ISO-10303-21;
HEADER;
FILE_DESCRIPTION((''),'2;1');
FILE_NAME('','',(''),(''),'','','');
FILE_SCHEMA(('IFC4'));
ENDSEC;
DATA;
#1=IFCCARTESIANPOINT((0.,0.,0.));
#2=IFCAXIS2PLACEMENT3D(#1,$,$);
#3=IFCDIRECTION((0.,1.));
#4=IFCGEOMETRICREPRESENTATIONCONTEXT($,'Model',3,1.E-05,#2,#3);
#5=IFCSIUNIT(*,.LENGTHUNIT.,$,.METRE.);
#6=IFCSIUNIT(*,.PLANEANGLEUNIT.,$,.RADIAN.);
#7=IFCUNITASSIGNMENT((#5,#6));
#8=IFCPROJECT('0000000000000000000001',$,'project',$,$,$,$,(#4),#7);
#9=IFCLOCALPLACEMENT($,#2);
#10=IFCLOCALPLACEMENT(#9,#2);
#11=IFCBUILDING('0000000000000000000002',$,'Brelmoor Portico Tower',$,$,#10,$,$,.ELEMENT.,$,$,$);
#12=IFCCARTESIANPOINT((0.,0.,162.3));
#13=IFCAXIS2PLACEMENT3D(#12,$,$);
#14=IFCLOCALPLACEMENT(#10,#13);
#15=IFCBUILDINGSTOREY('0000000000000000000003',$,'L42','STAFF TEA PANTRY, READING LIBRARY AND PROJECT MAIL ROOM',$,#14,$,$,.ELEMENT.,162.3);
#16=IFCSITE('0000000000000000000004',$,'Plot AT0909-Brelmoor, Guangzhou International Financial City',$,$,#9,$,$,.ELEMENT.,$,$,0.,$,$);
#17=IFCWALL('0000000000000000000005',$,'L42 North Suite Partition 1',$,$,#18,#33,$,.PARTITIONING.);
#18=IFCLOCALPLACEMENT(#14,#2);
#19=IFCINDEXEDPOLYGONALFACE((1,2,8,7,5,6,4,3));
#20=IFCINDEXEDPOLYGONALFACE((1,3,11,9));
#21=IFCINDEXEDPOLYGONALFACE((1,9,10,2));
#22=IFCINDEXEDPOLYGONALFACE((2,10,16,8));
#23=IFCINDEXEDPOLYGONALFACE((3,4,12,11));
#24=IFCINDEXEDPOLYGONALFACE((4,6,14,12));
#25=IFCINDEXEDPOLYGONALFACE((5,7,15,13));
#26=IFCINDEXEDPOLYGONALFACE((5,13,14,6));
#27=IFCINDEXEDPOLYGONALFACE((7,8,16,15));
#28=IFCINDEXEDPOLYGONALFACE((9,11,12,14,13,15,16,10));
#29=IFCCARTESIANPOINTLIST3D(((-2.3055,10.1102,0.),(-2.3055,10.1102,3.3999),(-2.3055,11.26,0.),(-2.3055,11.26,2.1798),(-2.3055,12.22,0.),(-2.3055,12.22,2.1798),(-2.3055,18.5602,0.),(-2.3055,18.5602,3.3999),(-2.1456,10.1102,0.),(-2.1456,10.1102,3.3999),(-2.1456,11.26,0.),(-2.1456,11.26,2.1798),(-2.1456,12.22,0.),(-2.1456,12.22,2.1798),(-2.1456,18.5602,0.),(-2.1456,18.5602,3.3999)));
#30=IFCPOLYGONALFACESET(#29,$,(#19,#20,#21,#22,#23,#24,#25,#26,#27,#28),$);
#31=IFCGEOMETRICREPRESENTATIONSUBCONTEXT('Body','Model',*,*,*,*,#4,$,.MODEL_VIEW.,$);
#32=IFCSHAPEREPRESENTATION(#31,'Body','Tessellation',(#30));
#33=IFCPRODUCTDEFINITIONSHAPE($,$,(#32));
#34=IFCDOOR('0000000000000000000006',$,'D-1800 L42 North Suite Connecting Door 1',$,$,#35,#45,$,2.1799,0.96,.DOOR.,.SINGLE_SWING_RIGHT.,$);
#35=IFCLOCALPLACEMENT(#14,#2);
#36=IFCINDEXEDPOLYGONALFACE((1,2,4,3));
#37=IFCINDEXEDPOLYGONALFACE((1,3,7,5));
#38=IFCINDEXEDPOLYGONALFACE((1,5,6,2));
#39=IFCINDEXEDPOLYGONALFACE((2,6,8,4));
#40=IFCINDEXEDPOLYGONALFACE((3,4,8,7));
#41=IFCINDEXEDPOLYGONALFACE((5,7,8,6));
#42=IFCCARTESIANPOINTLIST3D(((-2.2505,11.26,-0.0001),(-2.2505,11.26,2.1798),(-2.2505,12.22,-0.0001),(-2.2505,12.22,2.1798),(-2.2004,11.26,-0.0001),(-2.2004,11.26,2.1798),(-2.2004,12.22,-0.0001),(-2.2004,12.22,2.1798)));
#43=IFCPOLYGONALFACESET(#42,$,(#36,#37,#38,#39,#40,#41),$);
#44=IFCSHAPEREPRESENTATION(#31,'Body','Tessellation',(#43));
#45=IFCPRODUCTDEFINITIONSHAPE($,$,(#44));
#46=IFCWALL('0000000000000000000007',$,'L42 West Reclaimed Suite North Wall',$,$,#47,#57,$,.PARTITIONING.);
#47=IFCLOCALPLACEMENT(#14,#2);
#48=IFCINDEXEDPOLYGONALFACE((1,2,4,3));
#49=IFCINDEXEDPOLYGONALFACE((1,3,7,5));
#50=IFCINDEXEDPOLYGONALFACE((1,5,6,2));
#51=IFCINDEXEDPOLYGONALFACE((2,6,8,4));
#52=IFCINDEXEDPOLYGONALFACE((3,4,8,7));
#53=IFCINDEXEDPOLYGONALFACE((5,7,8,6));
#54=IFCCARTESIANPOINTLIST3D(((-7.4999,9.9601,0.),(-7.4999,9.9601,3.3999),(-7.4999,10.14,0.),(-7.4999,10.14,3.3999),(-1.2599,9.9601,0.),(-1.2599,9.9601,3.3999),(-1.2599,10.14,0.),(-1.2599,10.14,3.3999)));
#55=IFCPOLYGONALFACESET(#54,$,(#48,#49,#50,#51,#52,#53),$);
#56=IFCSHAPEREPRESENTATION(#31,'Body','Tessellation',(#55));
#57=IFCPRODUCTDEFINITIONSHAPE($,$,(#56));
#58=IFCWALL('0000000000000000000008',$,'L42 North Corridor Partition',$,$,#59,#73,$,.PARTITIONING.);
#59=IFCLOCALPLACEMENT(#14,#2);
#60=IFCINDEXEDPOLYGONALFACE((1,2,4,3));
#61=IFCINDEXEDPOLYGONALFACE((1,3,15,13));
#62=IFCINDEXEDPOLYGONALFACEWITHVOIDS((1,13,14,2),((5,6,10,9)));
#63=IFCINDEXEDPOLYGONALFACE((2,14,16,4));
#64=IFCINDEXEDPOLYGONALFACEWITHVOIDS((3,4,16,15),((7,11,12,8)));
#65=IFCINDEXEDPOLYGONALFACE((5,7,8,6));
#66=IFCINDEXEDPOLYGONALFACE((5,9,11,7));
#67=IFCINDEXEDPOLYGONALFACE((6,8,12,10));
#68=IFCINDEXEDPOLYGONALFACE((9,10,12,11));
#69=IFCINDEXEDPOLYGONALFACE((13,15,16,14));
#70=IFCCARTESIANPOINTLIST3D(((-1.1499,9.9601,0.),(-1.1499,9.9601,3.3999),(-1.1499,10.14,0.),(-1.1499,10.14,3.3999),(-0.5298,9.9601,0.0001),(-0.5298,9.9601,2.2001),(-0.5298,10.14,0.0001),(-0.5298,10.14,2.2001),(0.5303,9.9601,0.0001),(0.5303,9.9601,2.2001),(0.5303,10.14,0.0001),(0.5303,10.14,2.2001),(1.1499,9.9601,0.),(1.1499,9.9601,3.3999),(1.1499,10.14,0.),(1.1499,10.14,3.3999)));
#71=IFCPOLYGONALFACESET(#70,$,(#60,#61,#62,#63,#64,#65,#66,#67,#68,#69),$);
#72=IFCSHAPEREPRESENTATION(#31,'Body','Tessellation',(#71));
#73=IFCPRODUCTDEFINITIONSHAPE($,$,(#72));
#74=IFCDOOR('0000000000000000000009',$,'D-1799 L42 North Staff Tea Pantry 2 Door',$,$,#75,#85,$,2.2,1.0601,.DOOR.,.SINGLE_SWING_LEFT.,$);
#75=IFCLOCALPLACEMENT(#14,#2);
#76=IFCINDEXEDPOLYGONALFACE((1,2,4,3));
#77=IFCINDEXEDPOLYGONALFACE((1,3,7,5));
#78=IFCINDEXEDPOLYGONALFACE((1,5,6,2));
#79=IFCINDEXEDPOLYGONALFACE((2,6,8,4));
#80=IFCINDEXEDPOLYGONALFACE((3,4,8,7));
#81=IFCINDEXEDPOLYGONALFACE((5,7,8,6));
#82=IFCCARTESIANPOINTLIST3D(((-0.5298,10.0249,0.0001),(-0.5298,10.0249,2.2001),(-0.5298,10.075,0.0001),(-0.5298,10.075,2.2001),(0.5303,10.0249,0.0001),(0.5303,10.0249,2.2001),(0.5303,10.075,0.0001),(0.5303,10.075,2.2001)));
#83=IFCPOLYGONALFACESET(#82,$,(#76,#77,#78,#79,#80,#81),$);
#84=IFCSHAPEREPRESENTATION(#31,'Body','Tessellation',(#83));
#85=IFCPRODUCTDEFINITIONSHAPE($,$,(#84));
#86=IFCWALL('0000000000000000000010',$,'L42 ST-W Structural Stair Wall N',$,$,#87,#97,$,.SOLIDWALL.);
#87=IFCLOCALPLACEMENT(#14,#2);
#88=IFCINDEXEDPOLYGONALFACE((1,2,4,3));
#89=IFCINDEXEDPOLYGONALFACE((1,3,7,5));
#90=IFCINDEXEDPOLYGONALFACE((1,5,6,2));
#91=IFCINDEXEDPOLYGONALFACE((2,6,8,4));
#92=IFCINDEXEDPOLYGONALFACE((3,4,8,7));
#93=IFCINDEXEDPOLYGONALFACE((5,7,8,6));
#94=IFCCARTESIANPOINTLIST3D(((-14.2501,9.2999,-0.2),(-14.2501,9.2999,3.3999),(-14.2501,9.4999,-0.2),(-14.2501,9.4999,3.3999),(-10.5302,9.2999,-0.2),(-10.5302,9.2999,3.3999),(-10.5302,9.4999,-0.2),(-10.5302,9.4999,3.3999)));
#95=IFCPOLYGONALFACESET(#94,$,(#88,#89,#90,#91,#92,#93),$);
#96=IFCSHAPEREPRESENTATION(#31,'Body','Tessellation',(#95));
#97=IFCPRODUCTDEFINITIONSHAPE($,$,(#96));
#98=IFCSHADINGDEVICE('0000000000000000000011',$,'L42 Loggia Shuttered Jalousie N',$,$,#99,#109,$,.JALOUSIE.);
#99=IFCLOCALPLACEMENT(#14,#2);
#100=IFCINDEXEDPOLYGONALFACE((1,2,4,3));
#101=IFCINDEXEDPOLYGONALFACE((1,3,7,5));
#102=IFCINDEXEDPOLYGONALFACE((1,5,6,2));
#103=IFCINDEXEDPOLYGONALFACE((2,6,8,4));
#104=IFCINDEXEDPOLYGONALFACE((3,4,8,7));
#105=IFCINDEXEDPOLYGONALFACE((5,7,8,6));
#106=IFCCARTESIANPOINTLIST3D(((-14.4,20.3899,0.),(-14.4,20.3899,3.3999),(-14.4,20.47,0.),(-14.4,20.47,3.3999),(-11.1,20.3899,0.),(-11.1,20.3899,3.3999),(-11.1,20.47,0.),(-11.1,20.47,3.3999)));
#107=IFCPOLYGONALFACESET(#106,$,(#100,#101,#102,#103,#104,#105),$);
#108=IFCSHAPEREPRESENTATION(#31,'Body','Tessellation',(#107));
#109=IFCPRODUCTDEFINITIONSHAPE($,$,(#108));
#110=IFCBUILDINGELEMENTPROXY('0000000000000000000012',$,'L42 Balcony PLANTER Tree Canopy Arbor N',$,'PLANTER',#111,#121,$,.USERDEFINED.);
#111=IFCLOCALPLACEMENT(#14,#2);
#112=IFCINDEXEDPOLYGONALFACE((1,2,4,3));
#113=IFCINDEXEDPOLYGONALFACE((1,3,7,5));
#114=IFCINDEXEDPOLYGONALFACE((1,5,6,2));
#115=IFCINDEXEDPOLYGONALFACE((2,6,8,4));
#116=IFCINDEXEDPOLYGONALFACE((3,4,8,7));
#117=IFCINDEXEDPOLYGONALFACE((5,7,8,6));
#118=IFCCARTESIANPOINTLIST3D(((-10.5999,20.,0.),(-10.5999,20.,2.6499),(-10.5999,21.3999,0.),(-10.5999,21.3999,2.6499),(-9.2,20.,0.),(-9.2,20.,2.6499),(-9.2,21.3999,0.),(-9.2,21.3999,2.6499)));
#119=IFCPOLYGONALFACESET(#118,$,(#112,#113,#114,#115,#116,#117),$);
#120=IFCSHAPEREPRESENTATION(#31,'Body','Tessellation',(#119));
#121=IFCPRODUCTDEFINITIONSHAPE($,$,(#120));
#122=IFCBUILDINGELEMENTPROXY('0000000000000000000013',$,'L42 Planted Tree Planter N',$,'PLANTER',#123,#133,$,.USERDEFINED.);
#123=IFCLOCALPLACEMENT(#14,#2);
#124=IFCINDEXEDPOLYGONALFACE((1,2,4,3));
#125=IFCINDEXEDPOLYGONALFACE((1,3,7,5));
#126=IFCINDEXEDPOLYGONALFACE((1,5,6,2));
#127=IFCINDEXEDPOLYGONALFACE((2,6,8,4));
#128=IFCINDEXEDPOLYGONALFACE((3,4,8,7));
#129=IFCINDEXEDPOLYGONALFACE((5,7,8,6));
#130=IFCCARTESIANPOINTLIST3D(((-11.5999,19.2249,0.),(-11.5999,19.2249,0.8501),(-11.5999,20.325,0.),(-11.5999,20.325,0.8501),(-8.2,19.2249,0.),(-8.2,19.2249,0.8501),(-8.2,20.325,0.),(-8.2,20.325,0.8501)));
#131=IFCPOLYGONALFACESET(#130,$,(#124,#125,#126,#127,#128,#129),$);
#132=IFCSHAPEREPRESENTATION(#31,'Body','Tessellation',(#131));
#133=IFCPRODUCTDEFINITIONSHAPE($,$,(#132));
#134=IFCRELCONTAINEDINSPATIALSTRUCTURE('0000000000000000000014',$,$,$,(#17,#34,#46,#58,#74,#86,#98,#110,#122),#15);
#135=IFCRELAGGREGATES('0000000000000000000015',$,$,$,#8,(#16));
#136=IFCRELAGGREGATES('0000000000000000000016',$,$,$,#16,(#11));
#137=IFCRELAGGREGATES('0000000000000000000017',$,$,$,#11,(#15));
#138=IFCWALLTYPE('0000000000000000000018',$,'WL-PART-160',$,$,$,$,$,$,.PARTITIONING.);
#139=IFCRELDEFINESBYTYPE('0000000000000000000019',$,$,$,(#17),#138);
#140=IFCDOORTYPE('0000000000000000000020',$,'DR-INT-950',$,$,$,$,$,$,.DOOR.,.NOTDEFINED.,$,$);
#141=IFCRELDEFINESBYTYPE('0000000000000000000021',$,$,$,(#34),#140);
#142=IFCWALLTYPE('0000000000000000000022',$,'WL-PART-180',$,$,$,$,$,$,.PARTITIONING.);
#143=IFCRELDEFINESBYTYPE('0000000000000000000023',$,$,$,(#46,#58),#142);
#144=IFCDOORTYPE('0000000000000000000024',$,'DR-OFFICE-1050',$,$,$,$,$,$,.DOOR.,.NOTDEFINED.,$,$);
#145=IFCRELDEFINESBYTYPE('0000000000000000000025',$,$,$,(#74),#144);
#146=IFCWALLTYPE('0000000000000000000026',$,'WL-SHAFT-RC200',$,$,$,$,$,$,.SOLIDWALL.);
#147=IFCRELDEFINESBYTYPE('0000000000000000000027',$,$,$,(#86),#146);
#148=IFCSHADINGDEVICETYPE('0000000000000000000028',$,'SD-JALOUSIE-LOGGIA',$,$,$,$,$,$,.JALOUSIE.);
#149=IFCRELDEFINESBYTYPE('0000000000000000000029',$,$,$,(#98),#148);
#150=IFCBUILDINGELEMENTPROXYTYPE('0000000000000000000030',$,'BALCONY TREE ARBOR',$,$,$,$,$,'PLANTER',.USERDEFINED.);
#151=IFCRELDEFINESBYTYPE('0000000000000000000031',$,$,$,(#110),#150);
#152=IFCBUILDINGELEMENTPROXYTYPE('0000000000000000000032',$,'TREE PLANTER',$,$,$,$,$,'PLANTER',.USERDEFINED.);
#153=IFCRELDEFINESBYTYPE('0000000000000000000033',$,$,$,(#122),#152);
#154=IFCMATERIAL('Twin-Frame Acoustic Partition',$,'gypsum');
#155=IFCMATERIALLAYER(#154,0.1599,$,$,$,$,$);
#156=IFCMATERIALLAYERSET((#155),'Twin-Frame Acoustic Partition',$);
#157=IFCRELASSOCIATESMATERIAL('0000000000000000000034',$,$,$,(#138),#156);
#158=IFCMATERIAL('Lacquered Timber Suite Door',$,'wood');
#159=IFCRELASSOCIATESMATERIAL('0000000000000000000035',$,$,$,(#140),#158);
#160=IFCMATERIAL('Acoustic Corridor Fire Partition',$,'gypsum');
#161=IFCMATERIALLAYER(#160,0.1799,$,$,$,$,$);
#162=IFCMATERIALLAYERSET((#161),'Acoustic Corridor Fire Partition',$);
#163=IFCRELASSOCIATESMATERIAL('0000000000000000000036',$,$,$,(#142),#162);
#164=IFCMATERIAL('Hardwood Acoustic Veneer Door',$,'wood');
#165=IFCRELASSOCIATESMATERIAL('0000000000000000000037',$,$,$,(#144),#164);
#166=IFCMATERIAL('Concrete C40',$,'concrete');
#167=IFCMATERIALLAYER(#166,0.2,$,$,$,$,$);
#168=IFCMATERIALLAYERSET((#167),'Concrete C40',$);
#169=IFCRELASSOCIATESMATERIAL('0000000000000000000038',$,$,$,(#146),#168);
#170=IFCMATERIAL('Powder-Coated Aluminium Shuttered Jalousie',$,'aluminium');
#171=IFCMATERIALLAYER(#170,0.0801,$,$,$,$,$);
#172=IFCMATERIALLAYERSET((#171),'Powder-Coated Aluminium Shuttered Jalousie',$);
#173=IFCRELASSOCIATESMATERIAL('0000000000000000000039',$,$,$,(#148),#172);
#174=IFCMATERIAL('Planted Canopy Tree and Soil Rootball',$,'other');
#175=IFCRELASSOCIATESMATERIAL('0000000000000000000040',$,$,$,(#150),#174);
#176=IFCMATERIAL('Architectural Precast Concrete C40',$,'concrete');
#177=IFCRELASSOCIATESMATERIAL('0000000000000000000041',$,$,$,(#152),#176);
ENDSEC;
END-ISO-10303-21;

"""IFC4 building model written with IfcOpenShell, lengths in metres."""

from ifc_helpers import new_model, si_unit, direction, frame, frame_2d, origin, origin_2d, place, context, subcontext, project, spatial, rectangle, extrude, material, layer, layer_set, type_object, element, fill, save


model = new_model("IFC4")

# Units and contexts
model_context = context("Model", 3, precision=1e-05, world=origin(), true_north=direction((0.0, 1.0)))
body_context = subcontext(model_context, "Body", "Model", "MODEL_VIEW")
ifc_project = project(units=[si_unit("LENGTHUNIT", "METRE"), si_unit("PLANEANGLEUNIT", "RADIAN")], contexts=[model_context])

# Site, building, storey
site_placement = place(None, origin())
site = spatial("IfcSite", under=ifc_project, at=site_placement, Name="Plot AT0909-Brelmoor, Guangzhou International Financial City", CompositionType="ELEMENT", RefElevation=0.0)
building_placement = place(site_placement, origin())
building = spatial("IfcBuilding", under=site, at=building_placement, Name="Brelmoor Portico Tower", CompositionType="ELEMENT")
storey_placement = place(building_placement, frame((0.0, 0.0, 162.3)))
storey = spatial("IfcBuildingStorey", under=building, at=storey_placement, Name="L42", Description="STAFF TEA PANTRY, READING LIBRARY AND PROJECT MAIL ROOM", CompositionType="ELEMENT", Elevation=162.3)

# Wall, opening, door
ifc_material_1 = material(Name="Twin-Frame Acoustic Partition", Category="gypsum")
ifc_layer_1 = layer(ifc_material_1, 0.1599)
ifc_layer_set_1 = layer_set([ifc_layer_1], Name="Twin-Frame Acoustic Partition")
wall_type_1 = type_object("IfcWallType", Name="WL-PART-160", PredefinedType="PARTITIONING", material=ifc_layer_set_1)
wall_1_placement = place(storey_placement, frame((-2.2256, 10.1101, 0.0), z_axis=(0.0, 0.0, 1.0), x_axis=(0.0, 1.0, 0.0)))
wall_1 = element("IfcWall", 1, at=wall_1_placement, inside=storey, type_object=wall_type_1, Name="L42 North Suite Partition 1", PredefinedType="PARTITIONING", context=body_context, shape_type="SweptSolid", body=[
    extrude(rectangle(XDim=8.45, YDim=0.1599, at=frame_2d((4.2251, 0.0))), origin(), (0.0, 0.0, 1.0), 3.3999),
])
opening_1_placement = place(wall_1_placement, frame((1.1499, 0.0, 0.0)))
opening_1 = element("IfcOpeningElement", 2, at=opening_1_placement, cuts=wall_1, PredefinedType="OPENING", context=body_context, shape_type="SweptSolid", body=[
    extrude(rectangle(XDim=0.96, YDim=2.1799, at=frame_2d((0.48, 1.0898))), frame((0.0, 0.0898, 0.0), z_axis=(0.0, -1.0, 0.0), x_axis=(1.0, 0.0, 0.0)), (0.0, 0.0, 1.0), 0.1799),
])
ifc_material_2 = material(Name="Lacquered Timber Suite Door", Category="wood")
door_type_1 = type_object("IfcDoorType", Name="DR-INT-950", OperationType="NOTDEFINED", PredefinedType="DOOR", material=ifc_material_2)
door_1_placement = place(opening_1_placement, origin())
door_1 = element("IfcDoor", 3, at=door_1_placement, inside=storey, type_object=door_type_1, Name="D-1800 L42 North Suite Connecting Door 1", OperationType="SINGLE_SWING_RIGHT", OverallHeight=2.1799, OverallWidth=0.96, PredefinedType="DOOR", context=body_context, shape_type="SweptSolid", body=[
    extrude(rectangle(XDim=0.96, YDim=2.1799, at=frame_2d((0.48, 1.0898))), frame((0.0, 0.0249, 0.0), z_axis=(0.0, -1.0, 0.0), x_axis=(1.0, 0.0, 0.0)), (0.0, 0.0, 1.0), 0.05),
])
fill(opening_1, door_1)

# Wall
ifc_material_3 = material(Name="Acoustic Corridor Fire Partition", Category="gypsum")
ifc_layer_2 = layer(ifc_material_3, 0.1799)
ifc_layer_set_2 = layer_set([ifc_layer_2], Name="Acoustic Corridor Fire Partition")
wall_type_2 = type_object("IfcWallType", Name="WL-PART-180", PredefinedType="PARTITIONING", material=ifc_layer_set_2)
wall_2_placement = place(storey_placement, frame((-7.5, 10.05, 0.0), z_axis=(0.0, 0.0, 1.0), x_axis=(1.0, 0.0, 0.0)))
element("IfcWall", 4, at=wall_2_placement, inside=storey, type_object=wall_type_2, Name="L42 West Reclaimed Suite North Wall", PredefinedType="PARTITIONING", context=body_context, shape_type="SweptSolid", body=[
    extrude(rectangle(XDim=6.24, YDim=0.1799, at=frame_2d((3.1201, 0.0))), origin(), (0.0, 0.0, 1.0), 3.3999),
])

# Wall, opening, door
wall_3_placement = place(storey_placement, frame((-1.1499, 10.05, 0.0), z_axis=(0.0, 0.0, 1.0), x_axis=(1.0, 0.0, 0.0)))
wall_3 = element("IfcWall", 5, at=wall_3_placement, inside=storey, type_object=wall_type_2, Name="L42 North Corridor Partition", PredefinedType="PARTITIONING", context=body_context, shape_type="SweptSolid", body=[
    extrude(rectangle(XDim=2.2998, YDim=0.1799, at=frame_2d((1.1499, 0.0))), origin(), (0.0, 0.0, 1.0), 3.3999),
])
opening_2_placement = place(wall_3_placement, frame((0.6201, 0.0, 0.0)))
opening_2 = element("IfcOpeningElement", 6, at=opening_2_placement, cuts=wall_3, PredefinedType="OPENING", context=body_context, shape_type="SweptSolid", body=[
    extrude(rectangle(XDim=1.0601, YDim=2.2, at=frame_2d((0.53, 1.1001))), frame((0.0, 0.0999, 0.0), z_axis=(0.0, -1.0, 0.0), x_axis=(1.0, 0.0, 0.0)), (0.0, 0.0, 1.0), 0.2),
])
ifc_material_4 = material(Name="Hardwood Acoustic Veneer Door", Category="wood")
door_type_2 = type_object("IfcDoorType", Name="DR-OFFICE-1050", OperationType="NOTDEFINED", PredefinedType="DOOR", material=ifc_material_4)
door_2_placement = place(opening_2_placement, origin())
door_2 = element("IfcDoor", 7, at=door_2_placement, inside=storey, type_object=door_type_2, Name="D-1799 L42 North Staff Tea Pantry 2 Door", OperationType="SINGLE_SWING_LEFT", OverallHeight=2.2, OverallWidth=1.0601, PredefinedType="DOOR", context=body_context, shape_type="SweptSolid", body=[
    extrude(rectangle(XDim=1.0601, YDim=2.2, at=frame_2d((0.53, 1.1001))), frame((0.0, 0.0249, 0.0), z_axis=(0.0, -1.0, 0.0), x_axis=(1.0, 0.0, 0.0)), (0.0, 0.0, 1.0), 0.05),
])
fill(opening_2, door_2)

# Wall
ifc_material_5 = material(Name="Concrete C40", Category="concrete")
ifc_layer_3 = layer(ifc_material_5, 0.2)
ifc_layer_set_3 = layer_set([ifc_layer_3], Name="Concrete C40")
wall_type_3 = type_object("IfcWallType", Name="WL-SHAFT-RC200", PredefinedType="SOLIDWALL", material=ifc_layer_set_3)
wall_4_placement = place(storey_placement, frame((-14.25, 9.3999, -0.2), z_axis=(0.0, 0.0, 1.0), x_axis=(1.0, 0.0, 0.0)))
element("IfcWall", 8, at=wall_4_placement, inside=storey, type_object=wall_type_3, Name="L42 ST-W Structural Stair Wall N", PredefinedType="SOLIDWALL", context=body_context, shape_type="SweptSolid", body=[
    extrude(rectangle(XDim=3.72, YDim=0.2, at=frame_2d((1.8599, 0.0))), origin(), (0.0, 0.0, 1.0), 3.5999),
])

# Shading device
ifc_material_6 = material(Name="Powder-Coated Aluminium Shuttered Jalousie", Category="aluminium")
ifc_layer_4 = layer(ifc_material_6, 0.0801)
ifc_layer_set_4 = layer_set([ifc_layer_4], Name="Powder-Coated Aluminium Shuttered Jalousie")
shading_device_type = type_object("IfcShadingDeviceType", Name="SD-JALOUSIE-LOGGIA", PredefinedType="JALOUSIE", material=ifc_layer_set_4)
shading_device_placement = place(storey_placement, frame((-12.75, 20.4299, 0.0), z_axis=(0.0, 0.0, 1.0), x_axis=(1.0, 0.0, 0.0)))
element("IfcShadingDevice", 9, at=shading_device_placement, inside=storey, type_object=shading_device_type, Name="L42 Loggia Shuttered Jalousie N", PredefinedType="JALOUSIE", context=body_context, shape_type="SweptSolid", body=[
    extrude(rectangle(XDim=3.3, YDim=0.0801, at=origin_2d()), origin(), (0.0, 0.0, 1.0), 3.3999),
])

# Building element proxies
ifc_material_7 = material(Name="Planted Canopy Tree and Soil Rootball", Category="other")
building_element_proxy_type_1 = type_object("IfcBuildingElementProxyType", Name="BALCONY TREE ARBOR", ElementType="PLANTER", PredefinedType="USERDEFINED", material=ifc_material_7)
proxy_1_placement = place(storey_placement, frame((-9.8999, 20.7, 0.0), z_axis=(0.0, 0.0, 1.0), x_axis=(1.0, 0.0, 0.0)))
element("IfcBuildingElementProxy", 10, at=proxy_1_placement, inside=storey, type_object=building_element_proxy_type_1, Name="L42 Balcony PLANTER Tree Canopy Arbor N", ObjectType="PLANTER", PredefinedType="USERDEFINED", context=body_context, shape_type="SweptSolid", body=[
    extrude(rectangle(XDim=1.3999, YDim=1.3999, at=origin_2d()), origin(), (0.0, 0.0, 1.0), 2.6499),
])
ifc_material_8 = material(Name="Architectural Precast Concrete C40", Category="concrete")
building_element_proxy_type_2 = type_object("IfcBuildingElementProxyType", Name="TREE PLANTER", ElementType="PLANTER", PredefinedType="USERDEFINED", material=ifc_material_8)
proxy_2_placement = place(storey_placement, frame((-9.8999, 19.7749, 0.0), z_axis=(0.0, 0.0, 1.0), x_axis=(1.0, 0.0, 0.0)))
element("IfcBuildingElementProxy", 11, at=proxy_2_placement, inside=storey, type_object=building_element_proxy_type_2, Name="L42 Planted Tree Planter N", ObjectType="PLANTER", PredefinedType="USERDEFINED", context=body_context, shape_type="SweptSolid", body=[
    extrude(rectangle(XDim=3.3999, YDim=1.1001, at=origin_2d()), origin(), (0.0, 0.0, 1.0), 0.8501),
])

save(model, "model.ifc")
